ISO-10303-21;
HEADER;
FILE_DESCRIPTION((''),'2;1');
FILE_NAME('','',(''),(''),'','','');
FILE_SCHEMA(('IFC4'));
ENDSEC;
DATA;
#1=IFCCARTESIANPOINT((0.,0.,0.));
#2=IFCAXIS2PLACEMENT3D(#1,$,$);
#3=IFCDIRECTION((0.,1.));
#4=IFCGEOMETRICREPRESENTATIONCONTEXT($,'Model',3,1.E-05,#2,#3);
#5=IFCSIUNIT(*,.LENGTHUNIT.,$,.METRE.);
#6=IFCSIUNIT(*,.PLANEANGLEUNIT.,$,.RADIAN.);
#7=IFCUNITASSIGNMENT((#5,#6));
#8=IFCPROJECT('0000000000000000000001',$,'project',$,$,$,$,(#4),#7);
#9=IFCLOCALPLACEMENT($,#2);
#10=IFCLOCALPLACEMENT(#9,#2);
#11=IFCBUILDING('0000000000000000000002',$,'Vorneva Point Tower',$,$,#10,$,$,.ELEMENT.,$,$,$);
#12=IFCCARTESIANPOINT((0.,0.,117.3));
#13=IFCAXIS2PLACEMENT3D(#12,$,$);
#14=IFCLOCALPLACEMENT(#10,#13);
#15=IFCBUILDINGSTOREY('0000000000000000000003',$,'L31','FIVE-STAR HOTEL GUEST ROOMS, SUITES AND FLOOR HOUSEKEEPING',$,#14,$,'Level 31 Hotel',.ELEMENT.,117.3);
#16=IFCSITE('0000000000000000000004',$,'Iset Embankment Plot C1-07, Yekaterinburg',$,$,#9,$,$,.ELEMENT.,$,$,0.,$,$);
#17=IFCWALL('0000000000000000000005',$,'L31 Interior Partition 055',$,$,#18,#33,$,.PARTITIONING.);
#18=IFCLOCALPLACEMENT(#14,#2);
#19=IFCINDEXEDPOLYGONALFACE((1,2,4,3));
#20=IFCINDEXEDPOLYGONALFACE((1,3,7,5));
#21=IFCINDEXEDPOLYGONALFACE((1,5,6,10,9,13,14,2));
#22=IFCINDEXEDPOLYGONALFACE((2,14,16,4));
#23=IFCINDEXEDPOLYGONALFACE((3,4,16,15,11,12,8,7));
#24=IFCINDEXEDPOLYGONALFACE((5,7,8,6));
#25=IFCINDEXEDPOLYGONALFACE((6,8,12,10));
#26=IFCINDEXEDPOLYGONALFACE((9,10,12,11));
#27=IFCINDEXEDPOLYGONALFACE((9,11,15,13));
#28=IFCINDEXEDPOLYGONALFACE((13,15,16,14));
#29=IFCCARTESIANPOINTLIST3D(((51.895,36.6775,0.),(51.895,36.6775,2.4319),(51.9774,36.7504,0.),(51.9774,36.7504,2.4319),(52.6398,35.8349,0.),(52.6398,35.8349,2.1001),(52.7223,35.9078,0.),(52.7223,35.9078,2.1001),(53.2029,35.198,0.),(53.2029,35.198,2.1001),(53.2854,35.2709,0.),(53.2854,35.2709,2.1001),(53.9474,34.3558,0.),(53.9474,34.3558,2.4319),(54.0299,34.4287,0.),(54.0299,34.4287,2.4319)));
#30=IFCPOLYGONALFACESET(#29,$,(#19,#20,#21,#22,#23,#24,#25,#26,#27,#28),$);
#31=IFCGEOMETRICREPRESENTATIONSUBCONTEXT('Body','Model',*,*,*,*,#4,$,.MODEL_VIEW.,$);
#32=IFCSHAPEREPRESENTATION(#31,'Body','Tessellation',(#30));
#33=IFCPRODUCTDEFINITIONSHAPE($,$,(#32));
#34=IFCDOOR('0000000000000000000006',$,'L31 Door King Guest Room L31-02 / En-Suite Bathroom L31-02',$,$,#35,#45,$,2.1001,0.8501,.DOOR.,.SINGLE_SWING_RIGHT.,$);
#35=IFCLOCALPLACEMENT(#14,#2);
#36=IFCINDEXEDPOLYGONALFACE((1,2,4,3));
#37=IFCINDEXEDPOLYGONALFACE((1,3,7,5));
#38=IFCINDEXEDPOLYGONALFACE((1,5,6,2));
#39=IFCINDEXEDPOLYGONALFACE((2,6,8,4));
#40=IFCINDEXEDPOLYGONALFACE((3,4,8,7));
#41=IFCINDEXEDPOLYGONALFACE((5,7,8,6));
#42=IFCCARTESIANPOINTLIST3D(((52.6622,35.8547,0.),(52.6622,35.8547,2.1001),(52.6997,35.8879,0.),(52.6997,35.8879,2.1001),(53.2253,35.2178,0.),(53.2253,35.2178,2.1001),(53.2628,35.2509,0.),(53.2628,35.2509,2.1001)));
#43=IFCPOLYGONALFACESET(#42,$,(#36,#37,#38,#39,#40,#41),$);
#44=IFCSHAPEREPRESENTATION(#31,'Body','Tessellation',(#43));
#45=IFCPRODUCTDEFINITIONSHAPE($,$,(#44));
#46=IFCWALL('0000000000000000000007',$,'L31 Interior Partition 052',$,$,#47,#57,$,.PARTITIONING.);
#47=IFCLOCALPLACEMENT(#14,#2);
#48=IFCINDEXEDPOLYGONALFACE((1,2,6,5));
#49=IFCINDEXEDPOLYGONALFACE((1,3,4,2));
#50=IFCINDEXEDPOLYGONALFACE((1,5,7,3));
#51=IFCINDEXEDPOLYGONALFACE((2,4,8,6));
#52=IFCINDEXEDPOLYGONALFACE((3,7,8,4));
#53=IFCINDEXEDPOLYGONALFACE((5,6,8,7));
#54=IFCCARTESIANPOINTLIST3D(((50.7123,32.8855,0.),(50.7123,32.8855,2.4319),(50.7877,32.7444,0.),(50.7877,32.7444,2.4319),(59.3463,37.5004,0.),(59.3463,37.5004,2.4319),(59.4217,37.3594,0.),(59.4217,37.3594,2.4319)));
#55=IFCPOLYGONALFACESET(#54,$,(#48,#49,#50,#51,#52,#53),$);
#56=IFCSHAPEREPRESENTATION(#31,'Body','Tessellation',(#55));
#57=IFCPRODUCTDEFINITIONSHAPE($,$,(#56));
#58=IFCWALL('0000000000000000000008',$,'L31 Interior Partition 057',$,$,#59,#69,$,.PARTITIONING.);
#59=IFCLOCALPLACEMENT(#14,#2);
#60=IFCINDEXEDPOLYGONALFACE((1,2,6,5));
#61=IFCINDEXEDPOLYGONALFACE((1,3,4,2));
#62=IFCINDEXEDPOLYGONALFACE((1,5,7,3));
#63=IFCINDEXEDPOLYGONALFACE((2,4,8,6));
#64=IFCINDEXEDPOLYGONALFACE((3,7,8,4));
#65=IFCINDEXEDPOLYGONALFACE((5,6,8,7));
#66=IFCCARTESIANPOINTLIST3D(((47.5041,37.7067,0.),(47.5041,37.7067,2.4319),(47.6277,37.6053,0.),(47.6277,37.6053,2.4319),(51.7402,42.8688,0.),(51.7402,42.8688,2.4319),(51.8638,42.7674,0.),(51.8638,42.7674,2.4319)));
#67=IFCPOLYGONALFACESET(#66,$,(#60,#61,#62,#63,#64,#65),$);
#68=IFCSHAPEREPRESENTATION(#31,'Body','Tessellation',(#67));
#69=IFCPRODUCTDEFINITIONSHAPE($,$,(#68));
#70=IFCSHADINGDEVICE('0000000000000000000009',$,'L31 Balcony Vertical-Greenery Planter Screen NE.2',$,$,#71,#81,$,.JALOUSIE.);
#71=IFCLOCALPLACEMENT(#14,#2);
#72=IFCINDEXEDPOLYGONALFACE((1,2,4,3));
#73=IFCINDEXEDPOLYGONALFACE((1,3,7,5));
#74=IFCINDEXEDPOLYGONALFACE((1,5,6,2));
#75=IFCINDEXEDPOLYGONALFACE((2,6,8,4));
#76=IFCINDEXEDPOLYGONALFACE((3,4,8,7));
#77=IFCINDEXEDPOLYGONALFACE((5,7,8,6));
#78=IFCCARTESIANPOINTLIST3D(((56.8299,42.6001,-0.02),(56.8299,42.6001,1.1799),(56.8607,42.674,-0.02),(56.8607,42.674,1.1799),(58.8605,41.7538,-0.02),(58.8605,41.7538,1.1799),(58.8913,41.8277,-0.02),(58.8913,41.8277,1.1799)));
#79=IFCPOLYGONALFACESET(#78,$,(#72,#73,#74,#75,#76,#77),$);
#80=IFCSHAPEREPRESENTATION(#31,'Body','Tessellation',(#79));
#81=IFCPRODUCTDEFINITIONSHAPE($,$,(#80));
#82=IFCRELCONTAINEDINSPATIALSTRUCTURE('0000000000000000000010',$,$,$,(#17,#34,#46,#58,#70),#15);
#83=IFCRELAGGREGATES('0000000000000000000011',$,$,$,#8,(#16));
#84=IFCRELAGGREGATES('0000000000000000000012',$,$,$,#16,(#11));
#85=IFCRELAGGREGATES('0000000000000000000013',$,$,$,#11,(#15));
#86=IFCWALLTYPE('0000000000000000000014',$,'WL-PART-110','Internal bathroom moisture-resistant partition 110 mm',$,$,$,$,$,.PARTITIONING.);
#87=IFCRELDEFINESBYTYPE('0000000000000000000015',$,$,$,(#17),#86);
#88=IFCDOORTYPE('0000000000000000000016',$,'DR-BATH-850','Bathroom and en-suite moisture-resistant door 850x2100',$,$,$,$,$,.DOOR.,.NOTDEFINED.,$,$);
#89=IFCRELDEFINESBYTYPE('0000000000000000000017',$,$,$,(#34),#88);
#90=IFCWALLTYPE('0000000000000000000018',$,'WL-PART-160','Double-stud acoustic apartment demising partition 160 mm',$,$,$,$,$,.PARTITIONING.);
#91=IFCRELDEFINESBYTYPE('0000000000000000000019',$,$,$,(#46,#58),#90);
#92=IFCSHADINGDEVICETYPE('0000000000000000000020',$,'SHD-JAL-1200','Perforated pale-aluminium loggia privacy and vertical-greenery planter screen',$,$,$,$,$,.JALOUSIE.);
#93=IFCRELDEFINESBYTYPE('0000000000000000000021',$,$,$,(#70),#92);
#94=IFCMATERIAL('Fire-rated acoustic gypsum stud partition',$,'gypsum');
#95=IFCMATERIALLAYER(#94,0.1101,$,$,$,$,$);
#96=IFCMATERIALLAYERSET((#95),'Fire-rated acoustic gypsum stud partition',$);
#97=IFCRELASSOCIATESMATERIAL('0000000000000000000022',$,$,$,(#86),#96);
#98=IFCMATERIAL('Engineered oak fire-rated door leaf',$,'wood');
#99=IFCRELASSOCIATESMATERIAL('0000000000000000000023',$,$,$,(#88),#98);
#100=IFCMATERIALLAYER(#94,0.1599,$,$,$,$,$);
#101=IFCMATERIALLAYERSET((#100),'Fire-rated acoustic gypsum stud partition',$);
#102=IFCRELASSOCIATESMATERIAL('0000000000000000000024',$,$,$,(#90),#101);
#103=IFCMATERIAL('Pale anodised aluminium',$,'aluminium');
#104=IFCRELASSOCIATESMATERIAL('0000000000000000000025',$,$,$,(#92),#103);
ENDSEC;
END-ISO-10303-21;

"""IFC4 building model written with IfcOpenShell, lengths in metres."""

from ifc_helpers import new_model, si_unit, direction, frame, frame_2d, origin, origin_2d, place, context, subcontext, project, spatial, rectangle, extrude, material, layer, layer_set, type_object, element, fill, save


model = new_model("IFC4")

# Units and contexts
model_context = context("Model", 3, precision=1e-05, world=origin(), true_north=direction((0.0, 1.0)))
body_context = subcontext(model_context, "Body", "Model", "MODEL_VIEW")
ifc_project = project(units=[si_unit("LENGTHUNIT", "METRE"), si_unit("PLANEANGLEUNIT", "RADIAN")], contexts=[model_context])

# Site, building, storey
site_placement = place(None, origin())
site = spatial("IfcSite", under=ifc_project, at=site_placement, Name="Iset Embankment Plot C1-07, Yekaterinburg", CompositionType="ELEMENT", RefElevation=0.0)
building_placement = place(site_placement, origin())
building = spatial("IfcBuilding", under=site, at=building_placement, Name="Vorneva Point Tower", CompositionType="ELEMENT")
storey_placement = place(building_placement, frame((0.0, 0.0, 117.3)))
storey = spatial("IfcBuildingStorey", under=building, at=storey_placement, Name="L31", Description="FIVE-STAR HOTEL GUEST ROOMS, SUITES AND FLOOR HOUSEKEEPING", LongName="Level 31 Hotel", CompositionType="ELEMENT", Elevation=117.3)

# Shared definitions
ifc_material_1 = material(Name="Pale anodised aluminium", Category="aluminium")

# Shared definitions
ifc_material_2 = material(Name="Fire-rated acoustic gypsum stud partition", Category="gypsum")
ifc_layer_1 = layer(ifc_material_2, 0.1101)
ifc_layer_set_1 = layer_set([ifc_layer_1], Name="Fire-rated acoustic gypsum stud partition")
wall_type_1 = type_object("IfcWallType", Name="WL-PART-110", Description="Internal bathroom moisture-resistant partition 110 mm", PredefinedType="PARTITIONING", material=ifc_layer_set_1)

# Wall, opening, door
wall_1_placement = place(storey_placement, frame((51.9363, 36.7139, 0.0), z_axis=(0.0, 0.0, 1.0), x_axis=(0.662322, -0.749219, 0.0)))
wall_1 = element("IfcWall", 1, at=wall_1_placement, inside=storey, type_object=wall_type_1, Name="L31 Interior Partition 055", PredefinedType="PARTITIONING", context=body_context, shape_type="SweptSolid", body=[
    extrude(rectangle(XDim=3.0989, YDim=0.1101, at=frame_2d((1.5493, 0.0))), origin(), (0.0, 0.0, 1.0), 2.4319),
])
opening_1_placement = place(wall_1_placement, frame((1.1245, 0.0, 0.0)))
opening_1 = element("IfcOpeningElement", 2, at=opening_1_placement, cuts=wall_1, PredefinedType="OPENING", context=body_context, shape_type="SweptSolid", body=[
    extrude(rectangle(XDim=0.8501, YDim=2.1001, at=frame_2d((0.425, 1.05))), frame((0.0, 0.0698, 0.0), z_axis=(0.0, -1.0, 0.0), x_axis=(1.0, 0.0, 0.0)), (0.0, 0.0, 1.0), 0.1399),
])
ifc_material_3 = material(Name="Engineered oak fire-rated door leaf", Category="wood")
door_type_1 = type_object("IfcDoorType", Name="DR-BATH-850", Description="Bathroom and en-suite moisture-resistant door 850x2100", OperationType="NOTDEFINED", PredefinedType="DOOR", material=ifc_material_3)
door_1_placement = place(opening_1_placement, origin())
door_1 = element("IfcDoor", 3, at=door_1_placement, inside=storey, type_object=door_type_1, Name="L31 Door King Guest Room L31-02 / En-Suite Bathroom L31-02", OperationType="SINGLE_SWING_RIGHT", OverallHeight=2.1001, OverallWidth=0.8501, PredefinedType="DOOR", context=body_context, shape_type="SweptSolid", body=[
    extrude(rectangle(XDim=0.8501, YDim=2.1001, at=frame_2d((0.425, 1.05))), frame((0.0, 0.0249, 0.0), z_axis=(0.0, -1.0, 0.0), x_axis=(1.0, 0.0, 0.0)), (0.0, 0.0, 1.0), 0.05),
])
fill(opening_1, door_1)

# Walls
ifc_layer_2 = layer(ifc_material_2, 0.1599)
ifc_layer_set_2 = layer_set([ifc_layer_2], Name="Fire-rated acoustic gypsum stud partition")
wall_type_2 = type_object("IfcWallType", Name="WL-PART-160", Description="Double-stud acoustic apartment demising partition 160 mm", PredefinedType="PARTITIONING", material=ifc_layer_set_2)
wall_2_placement = place(storey_placement, frame((59.384, 37.4299, 0.0), z_axis=(0.0, 0.0, 1.0), x_axis=(-0.881921, -0.471397, 0.0)))
element("IfcWall", 4, at=wall_2_placement, inside=storey, type_object=wall_type_2, Name="L31 Interior Partition 052", PredefinedType="PARTITIONING", context=body_context, shape_type="SweptSolid", body=[
    extrude(rectangle(XDim=9.79, YDim=0.1599, at=frame_2d((4.895, 0.0))), origin(), (0.0, 0.0, 1.0), 2.4319),
])
wall_3_placement = place(storey_placement, frame((51.802, 42.8181, 0.0), z_axis=(0.0, 0.0, 1.0), x_axis=(-0.634362, -0.773036, 0.0)))
element("IfcWall", 5, at=wall_3_placement, inside=storey, type_object=wall_type_2, Name="L31 Interior Partition 057", PredefinedType="PARTITIONING", context=body_context, shape_type="SweptSolid", body=[
    extrude(rectangle(XDim=6.6777, YDim=0.1599, at=frame_2d((3.3389, 0.0))), origin(), (0.0, 0.0, 1.0), 2.4319),
])

# Shading device
shading_device_type = type_object("IfcShadingDeviceType", Name="SHD-JAL-1200", Description="Perforated pale-aluminium loggia privacy and vertical-greenery planter screen", PredefinedType="JALOUSIE", material=ifc_material_1)
shading_device_placement = place(storey_placement, frame((57.8606, 42.2139, -0.02), z_axis=(0.0, 0.0, 1.0), x_axis=(-0.923042, 0.384698, 0.0)))
element("IfcShadingDevice", 6, at=shading_device_placement, inside=storey, type_object=shading_device_type, Name="L31 Balcony Vertical-Greenery Planter Screen NE.2", PredefinedType="JALOUSIE", context=body_context, shape_type="SweptSolid", body=[
    extrude(rectangle(XDim=2.2, YDim=0.0801, at=origin_2d()), origin(), (0.0, 0.0, 1.0), 1.2),
])

save(model, "model.ifc")
